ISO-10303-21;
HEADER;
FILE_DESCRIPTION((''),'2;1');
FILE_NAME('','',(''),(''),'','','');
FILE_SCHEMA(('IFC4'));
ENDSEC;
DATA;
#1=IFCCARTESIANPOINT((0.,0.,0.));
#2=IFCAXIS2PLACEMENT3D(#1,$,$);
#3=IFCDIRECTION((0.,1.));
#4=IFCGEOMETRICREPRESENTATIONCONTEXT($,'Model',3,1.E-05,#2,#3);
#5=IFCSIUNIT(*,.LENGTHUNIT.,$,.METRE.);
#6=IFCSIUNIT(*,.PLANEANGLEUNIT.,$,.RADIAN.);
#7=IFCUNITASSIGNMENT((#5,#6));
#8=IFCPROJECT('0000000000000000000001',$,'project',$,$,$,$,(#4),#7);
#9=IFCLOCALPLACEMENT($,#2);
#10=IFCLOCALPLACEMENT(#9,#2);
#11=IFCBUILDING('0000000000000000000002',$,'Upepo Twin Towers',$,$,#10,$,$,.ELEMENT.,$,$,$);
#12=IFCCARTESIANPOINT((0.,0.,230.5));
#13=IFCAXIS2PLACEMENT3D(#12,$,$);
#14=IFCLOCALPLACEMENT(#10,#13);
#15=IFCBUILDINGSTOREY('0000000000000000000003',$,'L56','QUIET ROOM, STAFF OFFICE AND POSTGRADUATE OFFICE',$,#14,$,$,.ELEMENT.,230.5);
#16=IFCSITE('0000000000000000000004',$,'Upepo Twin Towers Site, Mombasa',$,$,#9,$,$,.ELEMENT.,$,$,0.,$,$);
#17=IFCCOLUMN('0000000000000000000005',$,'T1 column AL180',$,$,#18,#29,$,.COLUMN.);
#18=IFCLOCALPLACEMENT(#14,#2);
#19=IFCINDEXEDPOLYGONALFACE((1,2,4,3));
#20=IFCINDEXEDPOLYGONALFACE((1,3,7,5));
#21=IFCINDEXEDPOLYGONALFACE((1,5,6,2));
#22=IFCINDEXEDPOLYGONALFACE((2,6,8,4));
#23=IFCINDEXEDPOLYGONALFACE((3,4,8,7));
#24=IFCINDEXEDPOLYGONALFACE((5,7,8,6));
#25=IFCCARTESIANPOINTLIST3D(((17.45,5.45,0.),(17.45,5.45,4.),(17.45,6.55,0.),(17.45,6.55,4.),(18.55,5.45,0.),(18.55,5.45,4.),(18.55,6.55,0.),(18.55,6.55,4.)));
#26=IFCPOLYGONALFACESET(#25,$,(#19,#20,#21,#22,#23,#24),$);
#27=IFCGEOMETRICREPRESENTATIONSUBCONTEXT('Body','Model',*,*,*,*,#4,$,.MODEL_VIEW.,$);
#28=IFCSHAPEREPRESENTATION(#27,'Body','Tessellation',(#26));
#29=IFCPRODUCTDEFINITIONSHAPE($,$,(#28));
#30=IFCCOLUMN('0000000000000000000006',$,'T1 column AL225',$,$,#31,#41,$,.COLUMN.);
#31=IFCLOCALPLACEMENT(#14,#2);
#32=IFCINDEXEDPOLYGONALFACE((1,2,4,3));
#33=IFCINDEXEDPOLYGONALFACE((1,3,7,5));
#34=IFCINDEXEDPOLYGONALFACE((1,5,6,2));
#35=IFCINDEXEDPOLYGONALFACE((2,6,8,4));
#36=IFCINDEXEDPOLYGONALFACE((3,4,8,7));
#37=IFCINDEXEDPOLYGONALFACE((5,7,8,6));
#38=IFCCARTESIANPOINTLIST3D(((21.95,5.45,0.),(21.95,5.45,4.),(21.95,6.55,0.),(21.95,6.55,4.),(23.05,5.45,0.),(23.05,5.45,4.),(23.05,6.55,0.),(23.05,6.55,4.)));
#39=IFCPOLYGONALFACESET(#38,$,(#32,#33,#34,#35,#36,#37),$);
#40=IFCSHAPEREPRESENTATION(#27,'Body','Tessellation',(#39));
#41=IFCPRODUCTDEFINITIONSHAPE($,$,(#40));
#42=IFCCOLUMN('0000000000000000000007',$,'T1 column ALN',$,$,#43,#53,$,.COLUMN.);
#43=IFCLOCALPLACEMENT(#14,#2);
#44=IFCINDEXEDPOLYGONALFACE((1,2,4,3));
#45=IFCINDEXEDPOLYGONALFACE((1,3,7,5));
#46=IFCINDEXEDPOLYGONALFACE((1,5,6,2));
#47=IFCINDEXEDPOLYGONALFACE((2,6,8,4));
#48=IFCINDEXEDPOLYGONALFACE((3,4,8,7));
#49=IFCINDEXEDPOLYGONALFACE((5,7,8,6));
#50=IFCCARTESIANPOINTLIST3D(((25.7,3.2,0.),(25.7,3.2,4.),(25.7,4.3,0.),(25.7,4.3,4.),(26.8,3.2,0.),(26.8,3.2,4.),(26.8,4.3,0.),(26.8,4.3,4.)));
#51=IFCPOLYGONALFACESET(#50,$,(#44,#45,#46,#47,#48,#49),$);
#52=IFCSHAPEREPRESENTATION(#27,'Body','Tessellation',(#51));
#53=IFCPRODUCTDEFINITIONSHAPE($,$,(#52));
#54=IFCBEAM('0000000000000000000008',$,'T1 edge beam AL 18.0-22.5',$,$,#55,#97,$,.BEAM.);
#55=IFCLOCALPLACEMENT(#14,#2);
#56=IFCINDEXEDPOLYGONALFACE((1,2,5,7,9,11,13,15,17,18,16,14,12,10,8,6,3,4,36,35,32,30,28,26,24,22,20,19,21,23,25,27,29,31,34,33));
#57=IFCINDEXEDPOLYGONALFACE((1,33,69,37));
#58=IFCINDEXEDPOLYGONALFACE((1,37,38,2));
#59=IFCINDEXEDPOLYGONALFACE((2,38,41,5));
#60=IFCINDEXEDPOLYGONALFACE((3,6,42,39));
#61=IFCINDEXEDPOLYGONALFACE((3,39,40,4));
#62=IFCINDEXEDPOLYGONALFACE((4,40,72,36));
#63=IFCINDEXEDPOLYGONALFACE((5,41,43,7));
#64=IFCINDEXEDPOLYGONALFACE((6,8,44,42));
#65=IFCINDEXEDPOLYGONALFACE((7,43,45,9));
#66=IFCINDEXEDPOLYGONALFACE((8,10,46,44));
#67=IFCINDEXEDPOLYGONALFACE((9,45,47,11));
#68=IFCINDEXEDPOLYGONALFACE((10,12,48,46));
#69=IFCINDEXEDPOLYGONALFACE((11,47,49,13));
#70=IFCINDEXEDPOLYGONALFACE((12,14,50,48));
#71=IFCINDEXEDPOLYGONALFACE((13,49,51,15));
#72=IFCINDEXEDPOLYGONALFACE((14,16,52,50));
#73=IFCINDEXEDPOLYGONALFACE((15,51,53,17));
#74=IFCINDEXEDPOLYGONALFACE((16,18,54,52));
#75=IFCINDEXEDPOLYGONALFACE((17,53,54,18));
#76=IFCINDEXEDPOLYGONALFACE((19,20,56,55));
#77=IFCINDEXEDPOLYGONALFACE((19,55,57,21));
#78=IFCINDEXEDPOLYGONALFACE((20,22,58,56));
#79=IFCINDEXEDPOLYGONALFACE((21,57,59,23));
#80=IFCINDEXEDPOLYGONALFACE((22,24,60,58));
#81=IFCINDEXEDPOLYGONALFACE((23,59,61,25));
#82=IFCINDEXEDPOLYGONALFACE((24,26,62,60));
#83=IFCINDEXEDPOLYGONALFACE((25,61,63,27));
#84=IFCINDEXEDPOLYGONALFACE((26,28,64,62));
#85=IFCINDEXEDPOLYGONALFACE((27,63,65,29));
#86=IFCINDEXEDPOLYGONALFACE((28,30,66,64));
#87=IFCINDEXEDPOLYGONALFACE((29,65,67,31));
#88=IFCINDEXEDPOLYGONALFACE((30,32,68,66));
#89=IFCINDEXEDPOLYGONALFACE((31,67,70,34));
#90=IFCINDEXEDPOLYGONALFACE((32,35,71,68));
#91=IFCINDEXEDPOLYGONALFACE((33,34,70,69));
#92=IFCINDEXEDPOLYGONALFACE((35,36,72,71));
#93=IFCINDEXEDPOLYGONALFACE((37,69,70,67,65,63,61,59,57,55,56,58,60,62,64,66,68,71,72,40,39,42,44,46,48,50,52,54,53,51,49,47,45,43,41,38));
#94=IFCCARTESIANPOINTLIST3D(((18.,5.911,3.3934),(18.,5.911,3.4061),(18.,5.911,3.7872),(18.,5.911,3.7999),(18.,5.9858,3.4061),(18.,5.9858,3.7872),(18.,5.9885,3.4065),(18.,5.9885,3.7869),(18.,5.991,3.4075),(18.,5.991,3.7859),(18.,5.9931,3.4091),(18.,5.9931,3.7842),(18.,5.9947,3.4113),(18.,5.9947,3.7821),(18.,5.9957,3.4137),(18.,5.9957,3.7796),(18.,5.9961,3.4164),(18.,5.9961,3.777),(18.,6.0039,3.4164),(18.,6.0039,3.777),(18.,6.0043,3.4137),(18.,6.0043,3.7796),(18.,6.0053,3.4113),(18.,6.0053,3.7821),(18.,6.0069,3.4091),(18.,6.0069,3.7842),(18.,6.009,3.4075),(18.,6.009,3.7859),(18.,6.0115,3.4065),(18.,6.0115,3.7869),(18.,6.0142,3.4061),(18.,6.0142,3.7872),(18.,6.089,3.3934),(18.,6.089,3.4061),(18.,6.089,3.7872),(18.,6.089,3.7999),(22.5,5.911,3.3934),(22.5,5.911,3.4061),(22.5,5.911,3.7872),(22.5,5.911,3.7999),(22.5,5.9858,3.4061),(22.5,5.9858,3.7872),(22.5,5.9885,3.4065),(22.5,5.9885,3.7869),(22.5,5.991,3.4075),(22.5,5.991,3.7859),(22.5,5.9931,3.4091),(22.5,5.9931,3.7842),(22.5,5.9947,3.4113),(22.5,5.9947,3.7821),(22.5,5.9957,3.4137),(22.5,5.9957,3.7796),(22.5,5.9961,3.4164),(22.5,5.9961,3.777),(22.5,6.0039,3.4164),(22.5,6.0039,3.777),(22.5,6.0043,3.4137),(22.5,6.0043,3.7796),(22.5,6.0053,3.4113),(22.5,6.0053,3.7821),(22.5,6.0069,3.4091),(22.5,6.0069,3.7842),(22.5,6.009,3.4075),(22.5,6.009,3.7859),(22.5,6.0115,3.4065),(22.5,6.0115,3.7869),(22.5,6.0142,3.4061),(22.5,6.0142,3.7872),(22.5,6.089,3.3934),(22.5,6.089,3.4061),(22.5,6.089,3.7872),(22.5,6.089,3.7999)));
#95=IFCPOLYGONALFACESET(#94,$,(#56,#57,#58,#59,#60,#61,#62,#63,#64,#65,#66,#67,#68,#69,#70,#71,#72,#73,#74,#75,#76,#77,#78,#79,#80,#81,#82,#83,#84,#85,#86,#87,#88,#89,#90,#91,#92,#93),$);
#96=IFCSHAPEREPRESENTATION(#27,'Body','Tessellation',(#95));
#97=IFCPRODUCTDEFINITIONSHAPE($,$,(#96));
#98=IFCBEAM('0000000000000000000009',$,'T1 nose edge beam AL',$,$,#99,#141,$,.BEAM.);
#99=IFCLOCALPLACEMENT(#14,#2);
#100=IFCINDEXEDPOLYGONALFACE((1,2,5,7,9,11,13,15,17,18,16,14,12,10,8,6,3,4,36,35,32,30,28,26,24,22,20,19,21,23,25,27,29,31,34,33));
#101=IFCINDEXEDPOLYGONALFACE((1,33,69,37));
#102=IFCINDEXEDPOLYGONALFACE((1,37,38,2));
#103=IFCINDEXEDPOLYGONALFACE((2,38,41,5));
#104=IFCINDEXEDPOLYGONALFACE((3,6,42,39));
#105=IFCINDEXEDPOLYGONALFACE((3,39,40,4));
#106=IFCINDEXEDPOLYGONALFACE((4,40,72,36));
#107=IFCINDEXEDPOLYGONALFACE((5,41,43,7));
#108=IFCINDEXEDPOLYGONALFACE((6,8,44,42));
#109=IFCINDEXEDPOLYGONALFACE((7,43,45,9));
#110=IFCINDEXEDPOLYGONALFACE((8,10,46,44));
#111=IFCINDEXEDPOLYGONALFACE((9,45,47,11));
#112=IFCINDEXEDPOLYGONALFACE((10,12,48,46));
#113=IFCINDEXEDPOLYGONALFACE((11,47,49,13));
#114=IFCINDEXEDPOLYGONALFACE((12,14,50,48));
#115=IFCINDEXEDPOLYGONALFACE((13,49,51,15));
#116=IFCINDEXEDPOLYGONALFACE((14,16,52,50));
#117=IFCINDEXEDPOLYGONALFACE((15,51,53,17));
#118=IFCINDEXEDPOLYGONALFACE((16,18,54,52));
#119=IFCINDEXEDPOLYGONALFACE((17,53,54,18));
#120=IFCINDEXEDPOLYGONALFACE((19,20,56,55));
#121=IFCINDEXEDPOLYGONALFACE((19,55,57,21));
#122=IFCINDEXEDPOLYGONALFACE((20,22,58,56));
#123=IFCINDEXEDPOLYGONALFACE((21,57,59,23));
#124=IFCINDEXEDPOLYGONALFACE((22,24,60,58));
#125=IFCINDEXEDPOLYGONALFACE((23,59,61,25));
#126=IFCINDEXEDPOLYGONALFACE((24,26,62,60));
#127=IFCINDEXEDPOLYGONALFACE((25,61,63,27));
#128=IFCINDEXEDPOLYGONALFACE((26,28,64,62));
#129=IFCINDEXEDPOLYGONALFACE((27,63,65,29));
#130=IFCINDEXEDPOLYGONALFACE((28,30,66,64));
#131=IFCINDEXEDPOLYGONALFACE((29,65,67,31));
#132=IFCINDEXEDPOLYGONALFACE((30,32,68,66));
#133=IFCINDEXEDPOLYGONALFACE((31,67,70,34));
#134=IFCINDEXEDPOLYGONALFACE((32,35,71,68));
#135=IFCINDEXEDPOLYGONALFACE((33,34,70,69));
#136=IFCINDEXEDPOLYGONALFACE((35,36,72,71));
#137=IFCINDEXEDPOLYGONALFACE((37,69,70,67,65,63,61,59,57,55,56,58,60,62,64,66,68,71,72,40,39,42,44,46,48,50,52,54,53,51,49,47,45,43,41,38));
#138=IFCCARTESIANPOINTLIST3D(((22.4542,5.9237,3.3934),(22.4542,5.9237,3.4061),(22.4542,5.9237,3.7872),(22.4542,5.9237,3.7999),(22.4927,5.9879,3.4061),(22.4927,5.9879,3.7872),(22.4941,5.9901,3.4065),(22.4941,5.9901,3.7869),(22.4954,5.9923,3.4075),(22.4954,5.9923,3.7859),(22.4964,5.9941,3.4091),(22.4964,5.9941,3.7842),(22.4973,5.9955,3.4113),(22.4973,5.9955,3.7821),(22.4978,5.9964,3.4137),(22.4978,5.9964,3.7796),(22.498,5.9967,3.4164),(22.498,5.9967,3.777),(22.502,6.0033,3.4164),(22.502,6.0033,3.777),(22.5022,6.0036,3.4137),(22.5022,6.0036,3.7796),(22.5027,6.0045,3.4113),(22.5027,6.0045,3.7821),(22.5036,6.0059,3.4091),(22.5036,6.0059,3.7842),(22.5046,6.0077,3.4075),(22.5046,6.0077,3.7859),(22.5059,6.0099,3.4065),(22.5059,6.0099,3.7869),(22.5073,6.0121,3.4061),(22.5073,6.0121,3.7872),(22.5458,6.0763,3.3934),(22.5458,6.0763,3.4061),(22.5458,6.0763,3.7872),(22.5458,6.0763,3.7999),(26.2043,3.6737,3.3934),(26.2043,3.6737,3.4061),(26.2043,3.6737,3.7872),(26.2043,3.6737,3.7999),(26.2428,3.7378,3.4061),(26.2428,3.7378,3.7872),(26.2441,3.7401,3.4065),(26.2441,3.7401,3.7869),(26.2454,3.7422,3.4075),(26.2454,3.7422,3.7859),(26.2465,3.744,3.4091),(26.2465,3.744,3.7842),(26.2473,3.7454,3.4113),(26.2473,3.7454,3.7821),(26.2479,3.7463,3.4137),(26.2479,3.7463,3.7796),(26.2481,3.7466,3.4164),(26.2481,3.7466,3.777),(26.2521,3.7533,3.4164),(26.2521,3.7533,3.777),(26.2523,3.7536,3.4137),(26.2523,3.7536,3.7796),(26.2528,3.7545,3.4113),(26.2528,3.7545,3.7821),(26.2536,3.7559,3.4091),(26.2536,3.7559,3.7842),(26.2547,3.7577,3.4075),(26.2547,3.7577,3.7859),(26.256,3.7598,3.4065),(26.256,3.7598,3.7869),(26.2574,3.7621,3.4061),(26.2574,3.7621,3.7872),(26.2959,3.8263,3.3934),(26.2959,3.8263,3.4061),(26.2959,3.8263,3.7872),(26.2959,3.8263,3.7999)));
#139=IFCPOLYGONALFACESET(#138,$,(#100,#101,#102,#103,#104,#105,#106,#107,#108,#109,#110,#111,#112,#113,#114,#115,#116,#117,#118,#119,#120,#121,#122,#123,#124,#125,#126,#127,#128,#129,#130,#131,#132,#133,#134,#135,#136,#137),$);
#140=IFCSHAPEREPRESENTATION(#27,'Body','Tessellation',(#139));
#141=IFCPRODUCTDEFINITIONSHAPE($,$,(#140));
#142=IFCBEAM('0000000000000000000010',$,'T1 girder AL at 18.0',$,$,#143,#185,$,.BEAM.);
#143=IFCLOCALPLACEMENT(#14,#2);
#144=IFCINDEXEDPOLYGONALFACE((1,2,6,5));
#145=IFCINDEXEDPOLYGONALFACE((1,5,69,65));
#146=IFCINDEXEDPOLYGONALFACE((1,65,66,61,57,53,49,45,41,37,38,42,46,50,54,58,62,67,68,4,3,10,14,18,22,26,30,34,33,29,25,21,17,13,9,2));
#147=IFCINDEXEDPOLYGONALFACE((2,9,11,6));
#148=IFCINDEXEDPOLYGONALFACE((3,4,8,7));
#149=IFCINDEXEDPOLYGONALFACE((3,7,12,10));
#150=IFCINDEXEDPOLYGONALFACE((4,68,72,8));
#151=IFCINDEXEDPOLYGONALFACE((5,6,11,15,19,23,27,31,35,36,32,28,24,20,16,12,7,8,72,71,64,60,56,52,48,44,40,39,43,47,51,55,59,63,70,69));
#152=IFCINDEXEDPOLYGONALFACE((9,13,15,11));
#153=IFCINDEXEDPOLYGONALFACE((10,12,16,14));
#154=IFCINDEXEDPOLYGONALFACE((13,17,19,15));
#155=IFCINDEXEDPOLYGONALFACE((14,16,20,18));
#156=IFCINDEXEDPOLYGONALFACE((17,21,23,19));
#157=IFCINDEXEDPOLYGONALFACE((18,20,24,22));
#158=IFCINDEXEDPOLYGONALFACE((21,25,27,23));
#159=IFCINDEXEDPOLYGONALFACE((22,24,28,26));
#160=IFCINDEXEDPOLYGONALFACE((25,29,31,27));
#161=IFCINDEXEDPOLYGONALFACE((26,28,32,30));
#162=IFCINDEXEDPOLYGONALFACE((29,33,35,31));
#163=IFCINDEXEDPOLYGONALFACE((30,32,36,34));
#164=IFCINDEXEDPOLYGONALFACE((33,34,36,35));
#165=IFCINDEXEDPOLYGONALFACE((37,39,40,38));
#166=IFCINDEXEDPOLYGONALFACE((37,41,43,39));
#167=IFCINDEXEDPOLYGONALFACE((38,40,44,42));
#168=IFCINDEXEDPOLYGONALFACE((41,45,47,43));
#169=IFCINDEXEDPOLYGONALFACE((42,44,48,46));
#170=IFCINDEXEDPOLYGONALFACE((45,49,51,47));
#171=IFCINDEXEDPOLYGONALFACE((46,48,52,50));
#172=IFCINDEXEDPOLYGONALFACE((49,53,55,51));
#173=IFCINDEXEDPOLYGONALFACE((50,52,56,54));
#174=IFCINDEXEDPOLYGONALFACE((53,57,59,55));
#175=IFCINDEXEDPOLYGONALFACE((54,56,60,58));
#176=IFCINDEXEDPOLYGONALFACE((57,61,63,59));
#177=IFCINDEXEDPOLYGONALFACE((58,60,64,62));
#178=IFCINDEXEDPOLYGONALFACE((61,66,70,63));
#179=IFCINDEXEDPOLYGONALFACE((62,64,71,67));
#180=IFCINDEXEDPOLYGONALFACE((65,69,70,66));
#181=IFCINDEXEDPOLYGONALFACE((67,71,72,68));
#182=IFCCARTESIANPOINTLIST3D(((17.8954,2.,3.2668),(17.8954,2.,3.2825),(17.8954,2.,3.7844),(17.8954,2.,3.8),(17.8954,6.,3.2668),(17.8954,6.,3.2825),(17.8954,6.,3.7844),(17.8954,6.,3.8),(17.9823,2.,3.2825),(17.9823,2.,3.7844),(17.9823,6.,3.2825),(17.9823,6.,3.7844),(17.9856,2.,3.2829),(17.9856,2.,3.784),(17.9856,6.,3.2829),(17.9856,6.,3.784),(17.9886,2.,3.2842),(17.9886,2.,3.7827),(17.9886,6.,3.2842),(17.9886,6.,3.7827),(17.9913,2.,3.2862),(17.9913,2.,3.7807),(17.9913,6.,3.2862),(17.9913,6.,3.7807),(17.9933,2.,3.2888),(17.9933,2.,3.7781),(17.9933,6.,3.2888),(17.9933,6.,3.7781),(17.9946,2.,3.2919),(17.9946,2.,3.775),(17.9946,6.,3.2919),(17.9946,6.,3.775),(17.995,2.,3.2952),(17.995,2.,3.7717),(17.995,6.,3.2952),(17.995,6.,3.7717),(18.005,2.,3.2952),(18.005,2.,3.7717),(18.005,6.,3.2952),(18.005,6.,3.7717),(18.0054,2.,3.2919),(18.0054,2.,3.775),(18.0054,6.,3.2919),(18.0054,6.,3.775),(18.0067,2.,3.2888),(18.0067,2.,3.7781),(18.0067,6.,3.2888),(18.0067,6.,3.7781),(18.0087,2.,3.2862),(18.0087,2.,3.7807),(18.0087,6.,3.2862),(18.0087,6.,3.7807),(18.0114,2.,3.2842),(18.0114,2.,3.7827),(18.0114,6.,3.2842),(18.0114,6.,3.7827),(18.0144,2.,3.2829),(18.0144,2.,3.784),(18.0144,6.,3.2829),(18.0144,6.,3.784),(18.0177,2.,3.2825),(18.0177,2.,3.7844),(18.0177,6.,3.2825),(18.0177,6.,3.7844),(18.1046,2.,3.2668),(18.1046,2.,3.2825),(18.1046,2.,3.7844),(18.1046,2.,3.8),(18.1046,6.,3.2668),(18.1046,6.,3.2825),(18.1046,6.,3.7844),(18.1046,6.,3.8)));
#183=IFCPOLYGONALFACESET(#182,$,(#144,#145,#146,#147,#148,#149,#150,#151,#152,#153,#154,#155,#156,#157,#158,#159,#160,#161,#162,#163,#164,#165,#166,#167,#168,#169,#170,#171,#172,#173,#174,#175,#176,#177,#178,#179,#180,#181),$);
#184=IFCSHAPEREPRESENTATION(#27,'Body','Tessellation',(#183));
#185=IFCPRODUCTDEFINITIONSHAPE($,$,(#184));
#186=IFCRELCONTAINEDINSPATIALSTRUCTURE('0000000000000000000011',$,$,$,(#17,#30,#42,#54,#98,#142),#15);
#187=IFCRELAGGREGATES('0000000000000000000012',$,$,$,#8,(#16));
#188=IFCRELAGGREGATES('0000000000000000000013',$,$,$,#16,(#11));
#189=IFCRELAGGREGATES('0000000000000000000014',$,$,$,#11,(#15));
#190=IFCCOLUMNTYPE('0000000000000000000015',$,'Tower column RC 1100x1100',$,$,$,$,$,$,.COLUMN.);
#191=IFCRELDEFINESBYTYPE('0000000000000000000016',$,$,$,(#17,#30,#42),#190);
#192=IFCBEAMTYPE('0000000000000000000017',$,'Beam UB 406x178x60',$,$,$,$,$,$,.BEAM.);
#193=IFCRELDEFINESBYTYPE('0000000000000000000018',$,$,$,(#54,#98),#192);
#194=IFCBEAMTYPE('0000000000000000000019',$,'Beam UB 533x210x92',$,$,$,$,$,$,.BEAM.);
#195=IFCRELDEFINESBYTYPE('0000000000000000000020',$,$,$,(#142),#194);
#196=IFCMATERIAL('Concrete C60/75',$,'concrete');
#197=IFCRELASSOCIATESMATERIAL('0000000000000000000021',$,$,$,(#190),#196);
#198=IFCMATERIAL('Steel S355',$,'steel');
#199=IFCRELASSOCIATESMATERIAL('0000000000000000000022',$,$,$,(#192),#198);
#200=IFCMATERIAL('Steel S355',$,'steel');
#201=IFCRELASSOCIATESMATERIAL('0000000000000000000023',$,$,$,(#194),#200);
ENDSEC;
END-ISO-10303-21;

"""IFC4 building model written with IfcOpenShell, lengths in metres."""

from ifc_helpers import new_model, si_unit, direction, frame, origin, origin_2d, place, context, subcontext, project, spatial, rectangle, i_section, extrude, material, material_profile, profile_set, type_object, element, save


model = new_model("IFC4")

# Units and contexts
model_context = context("Model", 3, precision=1e-05, world=origin(), true_north=direction((0.0, 1.0)))
body_context = subcontext(model_context, "Body", "Model", "MODEL_VIEW")
ifc_project = project(units=[si_unit("LENGTHUNIT", "METRE"), si_unit("PLANEANGLEUNIT", "RADIAN")], contexts=[model_context])

# Site, building, storey
site_placement = place(None, origin())
site = spatial("IfcSite", under=ifc_project, at=site_placement, Name="Upepo Twin Towers Site, Mombasa", CompositionType="ELEMENT", RefElevation=0.0)
building_placement = place(site_placement, origin())
building = spatial("IfcBuilding", under=site, at=building_placement, Name="Upepo Twin Towers", CompositionType="ELEMENT")
storey_placement = place(building_placement, frame((0.0, 0.0, 230.5)))
storey = spatial("IfcBuildingStorey", under=building, at=storey_placement, Name="L56", Description="QUIET ROOM, STAFF OFFICE AND POSTGRADUATE OFFICE", CompositionType="ELEMENT", Elevation=230.5)

# Columns
ifc_material_1 = material(Name="Concrete C60/75", Category="concrete")
ifc_material_profile_1 = material_profile(ifc_material_1, rectangle(XDim=1.1001, YDim=1.1001, at=origin_2d()), Name="RC 1100x1100")
ifc_profile_set_1 = profile_set([ifc_material_profile_1], Name="Concrete C60/75")
column_type = type_object("IfcColumnType", Name="Tower column RC 1100x1100", PredefinedType="COLUMN", material=ifc_profile_set_1)
for number, where, z_axis, x_axis, name in (
    (1, (18.0, 6.0, 0.0), (0.0, 0.0, 1.0), (1.0, 0.0, 0.0), "T1 column AL180"),
    (2, (22.5, 6.0, 0.0), (0.0, 0.0, 1.0), (1.0, 0.0, 0.0), "T1 column AL225"),
    (3, (26.25, 3.75, 0.0), (0.0, 0.0, 1.0), (1.0, 0.0, 0.0), "T1 column ALN"),
):
    element("IfcColumn", number, at=place(storey_placement, frame(where, z_axis=z_axis, x_axis=x_axis)), inside=storey, type_object=column_type, Name=name, PredefinedType="COLUMN", context=body_context, shape_type="SweptSolid", body=[
        extrude(rectangle(XDim=1.1001, YDim=1.1001, at=origin_2d()), origin(), (0.0, 0.0, 1.0), 4.0),
    ])

# Beams
ifc_material_2 = material(Name="Steel S355", Category="steel")
ifc_material_profile_2 = material_profile(ifc_material_2, i_section(OverallWidth=0.178, OverallDepth=0.4065, WebThickness=0.0078, FlangeThickness=0.0127, FilletRadius=0.0103, at=origin_2d()), Name="UB 406x178x60")
ifc_profile_set_2 = profile_set([ifc_material_profile_2], Name="Steel S355")
beam_type_1 = type_object("IfcBeamType", Name="Beam UB 406x178x60", PredefinedType="BEAM", material=ifc_profile_set_2)
beam_1_placement = place(storey_placement, frame((18.0, 6.0, 3.5967), z_axis=(1.0, 0.0, 0.0), x_axis=(0.0, 1.0, 0.0)))
element("IfcBeam", 4, at=beam_1_placement, inside=storey, type_object=beam_type_1, Name="T1 edge beam AL 18.0-22.5", PredefinedType="BEAM", context=body_context, shape_type="SweptSolid", body=[
    extrude(i_section(OverallWidth=0.178, OverallDepth=0.4065, WebThickness=0.0078, FlangeThickness=0.0127, FilletRadius=0.0103, at=origin_2d()), origin(), (0.0, 0.0, 1.0), 4.5),
])
beam_2_placement = place(storey_placement, frame((22.5, 6.0, 3.5967), z_axis=(0.857493, -0.514496, 0.0), x_axis=(0.514496, 0.857493, 0.0)))
element("IfcBeam", 5, at=beam_2_placement, inside=storey, type_object=beam_type_1, Name="T1 nose edge beam AL", PredefinedType="BEAM", context=body_context, shape_type="SweptSolid", body=[
    extrude(i_section(OverallWidth=0.178, OverallDepth=0.4065, WebThickness=0.0078, FlangeThickness=0.0127, FilletRadius=0.0103, at=origin_2d()), origin(), (0.0, 0.0, 1.0), 4.3733),
])
ifc_material_3 = material(Name="Steel S355", Category="steel")
ifc_material_profile_3 = material_profile(ifc_material_3, i_section(OverallWidth=0.2092, OverallDepth=0.5332, WebThickness=0.01, FlangeThickness=0.0156, FilletRadius=0.0127, at=origin_2d()), Name="UB 533x210x92")
ifc_profile_set_3 = profile_set([ifc_material_profile_3], Name="Steel S355")
beam_type_2 = type_object("IfcBeamType", Name="Beam UB 533x210x92", PredefinedType="BEAM", material=ifc_profile_set_3)
for number, where, z_axis, x_axis, name in (
    (6, (18.0, 6.0, 3.5334), (0.0, -1.0, 0.0), (1.0, 0.0, 0.0), "T1 girder AL at 18.0"),
):
    element("IfcBeam", number, at=place(storey_placement, frame(where, z_axis=z_axis, x_axis=x_axis)), inside=storey, type_object=beam_type_2, Name=name, PredefinedType="BEAM", context=body_context, shape_type="SweptSolid", body=[
        extrude(i_section(OverallWidth=0.2092, OverallDepth=0.5332, WebThickness=0.01, FlangeThickness=0.0156, FilletRadius=0.0127, at=origin_2d()), origin(), (0.0, 0.0, 1.0), 4.0),
    ])

save(model, "model.ifc")
